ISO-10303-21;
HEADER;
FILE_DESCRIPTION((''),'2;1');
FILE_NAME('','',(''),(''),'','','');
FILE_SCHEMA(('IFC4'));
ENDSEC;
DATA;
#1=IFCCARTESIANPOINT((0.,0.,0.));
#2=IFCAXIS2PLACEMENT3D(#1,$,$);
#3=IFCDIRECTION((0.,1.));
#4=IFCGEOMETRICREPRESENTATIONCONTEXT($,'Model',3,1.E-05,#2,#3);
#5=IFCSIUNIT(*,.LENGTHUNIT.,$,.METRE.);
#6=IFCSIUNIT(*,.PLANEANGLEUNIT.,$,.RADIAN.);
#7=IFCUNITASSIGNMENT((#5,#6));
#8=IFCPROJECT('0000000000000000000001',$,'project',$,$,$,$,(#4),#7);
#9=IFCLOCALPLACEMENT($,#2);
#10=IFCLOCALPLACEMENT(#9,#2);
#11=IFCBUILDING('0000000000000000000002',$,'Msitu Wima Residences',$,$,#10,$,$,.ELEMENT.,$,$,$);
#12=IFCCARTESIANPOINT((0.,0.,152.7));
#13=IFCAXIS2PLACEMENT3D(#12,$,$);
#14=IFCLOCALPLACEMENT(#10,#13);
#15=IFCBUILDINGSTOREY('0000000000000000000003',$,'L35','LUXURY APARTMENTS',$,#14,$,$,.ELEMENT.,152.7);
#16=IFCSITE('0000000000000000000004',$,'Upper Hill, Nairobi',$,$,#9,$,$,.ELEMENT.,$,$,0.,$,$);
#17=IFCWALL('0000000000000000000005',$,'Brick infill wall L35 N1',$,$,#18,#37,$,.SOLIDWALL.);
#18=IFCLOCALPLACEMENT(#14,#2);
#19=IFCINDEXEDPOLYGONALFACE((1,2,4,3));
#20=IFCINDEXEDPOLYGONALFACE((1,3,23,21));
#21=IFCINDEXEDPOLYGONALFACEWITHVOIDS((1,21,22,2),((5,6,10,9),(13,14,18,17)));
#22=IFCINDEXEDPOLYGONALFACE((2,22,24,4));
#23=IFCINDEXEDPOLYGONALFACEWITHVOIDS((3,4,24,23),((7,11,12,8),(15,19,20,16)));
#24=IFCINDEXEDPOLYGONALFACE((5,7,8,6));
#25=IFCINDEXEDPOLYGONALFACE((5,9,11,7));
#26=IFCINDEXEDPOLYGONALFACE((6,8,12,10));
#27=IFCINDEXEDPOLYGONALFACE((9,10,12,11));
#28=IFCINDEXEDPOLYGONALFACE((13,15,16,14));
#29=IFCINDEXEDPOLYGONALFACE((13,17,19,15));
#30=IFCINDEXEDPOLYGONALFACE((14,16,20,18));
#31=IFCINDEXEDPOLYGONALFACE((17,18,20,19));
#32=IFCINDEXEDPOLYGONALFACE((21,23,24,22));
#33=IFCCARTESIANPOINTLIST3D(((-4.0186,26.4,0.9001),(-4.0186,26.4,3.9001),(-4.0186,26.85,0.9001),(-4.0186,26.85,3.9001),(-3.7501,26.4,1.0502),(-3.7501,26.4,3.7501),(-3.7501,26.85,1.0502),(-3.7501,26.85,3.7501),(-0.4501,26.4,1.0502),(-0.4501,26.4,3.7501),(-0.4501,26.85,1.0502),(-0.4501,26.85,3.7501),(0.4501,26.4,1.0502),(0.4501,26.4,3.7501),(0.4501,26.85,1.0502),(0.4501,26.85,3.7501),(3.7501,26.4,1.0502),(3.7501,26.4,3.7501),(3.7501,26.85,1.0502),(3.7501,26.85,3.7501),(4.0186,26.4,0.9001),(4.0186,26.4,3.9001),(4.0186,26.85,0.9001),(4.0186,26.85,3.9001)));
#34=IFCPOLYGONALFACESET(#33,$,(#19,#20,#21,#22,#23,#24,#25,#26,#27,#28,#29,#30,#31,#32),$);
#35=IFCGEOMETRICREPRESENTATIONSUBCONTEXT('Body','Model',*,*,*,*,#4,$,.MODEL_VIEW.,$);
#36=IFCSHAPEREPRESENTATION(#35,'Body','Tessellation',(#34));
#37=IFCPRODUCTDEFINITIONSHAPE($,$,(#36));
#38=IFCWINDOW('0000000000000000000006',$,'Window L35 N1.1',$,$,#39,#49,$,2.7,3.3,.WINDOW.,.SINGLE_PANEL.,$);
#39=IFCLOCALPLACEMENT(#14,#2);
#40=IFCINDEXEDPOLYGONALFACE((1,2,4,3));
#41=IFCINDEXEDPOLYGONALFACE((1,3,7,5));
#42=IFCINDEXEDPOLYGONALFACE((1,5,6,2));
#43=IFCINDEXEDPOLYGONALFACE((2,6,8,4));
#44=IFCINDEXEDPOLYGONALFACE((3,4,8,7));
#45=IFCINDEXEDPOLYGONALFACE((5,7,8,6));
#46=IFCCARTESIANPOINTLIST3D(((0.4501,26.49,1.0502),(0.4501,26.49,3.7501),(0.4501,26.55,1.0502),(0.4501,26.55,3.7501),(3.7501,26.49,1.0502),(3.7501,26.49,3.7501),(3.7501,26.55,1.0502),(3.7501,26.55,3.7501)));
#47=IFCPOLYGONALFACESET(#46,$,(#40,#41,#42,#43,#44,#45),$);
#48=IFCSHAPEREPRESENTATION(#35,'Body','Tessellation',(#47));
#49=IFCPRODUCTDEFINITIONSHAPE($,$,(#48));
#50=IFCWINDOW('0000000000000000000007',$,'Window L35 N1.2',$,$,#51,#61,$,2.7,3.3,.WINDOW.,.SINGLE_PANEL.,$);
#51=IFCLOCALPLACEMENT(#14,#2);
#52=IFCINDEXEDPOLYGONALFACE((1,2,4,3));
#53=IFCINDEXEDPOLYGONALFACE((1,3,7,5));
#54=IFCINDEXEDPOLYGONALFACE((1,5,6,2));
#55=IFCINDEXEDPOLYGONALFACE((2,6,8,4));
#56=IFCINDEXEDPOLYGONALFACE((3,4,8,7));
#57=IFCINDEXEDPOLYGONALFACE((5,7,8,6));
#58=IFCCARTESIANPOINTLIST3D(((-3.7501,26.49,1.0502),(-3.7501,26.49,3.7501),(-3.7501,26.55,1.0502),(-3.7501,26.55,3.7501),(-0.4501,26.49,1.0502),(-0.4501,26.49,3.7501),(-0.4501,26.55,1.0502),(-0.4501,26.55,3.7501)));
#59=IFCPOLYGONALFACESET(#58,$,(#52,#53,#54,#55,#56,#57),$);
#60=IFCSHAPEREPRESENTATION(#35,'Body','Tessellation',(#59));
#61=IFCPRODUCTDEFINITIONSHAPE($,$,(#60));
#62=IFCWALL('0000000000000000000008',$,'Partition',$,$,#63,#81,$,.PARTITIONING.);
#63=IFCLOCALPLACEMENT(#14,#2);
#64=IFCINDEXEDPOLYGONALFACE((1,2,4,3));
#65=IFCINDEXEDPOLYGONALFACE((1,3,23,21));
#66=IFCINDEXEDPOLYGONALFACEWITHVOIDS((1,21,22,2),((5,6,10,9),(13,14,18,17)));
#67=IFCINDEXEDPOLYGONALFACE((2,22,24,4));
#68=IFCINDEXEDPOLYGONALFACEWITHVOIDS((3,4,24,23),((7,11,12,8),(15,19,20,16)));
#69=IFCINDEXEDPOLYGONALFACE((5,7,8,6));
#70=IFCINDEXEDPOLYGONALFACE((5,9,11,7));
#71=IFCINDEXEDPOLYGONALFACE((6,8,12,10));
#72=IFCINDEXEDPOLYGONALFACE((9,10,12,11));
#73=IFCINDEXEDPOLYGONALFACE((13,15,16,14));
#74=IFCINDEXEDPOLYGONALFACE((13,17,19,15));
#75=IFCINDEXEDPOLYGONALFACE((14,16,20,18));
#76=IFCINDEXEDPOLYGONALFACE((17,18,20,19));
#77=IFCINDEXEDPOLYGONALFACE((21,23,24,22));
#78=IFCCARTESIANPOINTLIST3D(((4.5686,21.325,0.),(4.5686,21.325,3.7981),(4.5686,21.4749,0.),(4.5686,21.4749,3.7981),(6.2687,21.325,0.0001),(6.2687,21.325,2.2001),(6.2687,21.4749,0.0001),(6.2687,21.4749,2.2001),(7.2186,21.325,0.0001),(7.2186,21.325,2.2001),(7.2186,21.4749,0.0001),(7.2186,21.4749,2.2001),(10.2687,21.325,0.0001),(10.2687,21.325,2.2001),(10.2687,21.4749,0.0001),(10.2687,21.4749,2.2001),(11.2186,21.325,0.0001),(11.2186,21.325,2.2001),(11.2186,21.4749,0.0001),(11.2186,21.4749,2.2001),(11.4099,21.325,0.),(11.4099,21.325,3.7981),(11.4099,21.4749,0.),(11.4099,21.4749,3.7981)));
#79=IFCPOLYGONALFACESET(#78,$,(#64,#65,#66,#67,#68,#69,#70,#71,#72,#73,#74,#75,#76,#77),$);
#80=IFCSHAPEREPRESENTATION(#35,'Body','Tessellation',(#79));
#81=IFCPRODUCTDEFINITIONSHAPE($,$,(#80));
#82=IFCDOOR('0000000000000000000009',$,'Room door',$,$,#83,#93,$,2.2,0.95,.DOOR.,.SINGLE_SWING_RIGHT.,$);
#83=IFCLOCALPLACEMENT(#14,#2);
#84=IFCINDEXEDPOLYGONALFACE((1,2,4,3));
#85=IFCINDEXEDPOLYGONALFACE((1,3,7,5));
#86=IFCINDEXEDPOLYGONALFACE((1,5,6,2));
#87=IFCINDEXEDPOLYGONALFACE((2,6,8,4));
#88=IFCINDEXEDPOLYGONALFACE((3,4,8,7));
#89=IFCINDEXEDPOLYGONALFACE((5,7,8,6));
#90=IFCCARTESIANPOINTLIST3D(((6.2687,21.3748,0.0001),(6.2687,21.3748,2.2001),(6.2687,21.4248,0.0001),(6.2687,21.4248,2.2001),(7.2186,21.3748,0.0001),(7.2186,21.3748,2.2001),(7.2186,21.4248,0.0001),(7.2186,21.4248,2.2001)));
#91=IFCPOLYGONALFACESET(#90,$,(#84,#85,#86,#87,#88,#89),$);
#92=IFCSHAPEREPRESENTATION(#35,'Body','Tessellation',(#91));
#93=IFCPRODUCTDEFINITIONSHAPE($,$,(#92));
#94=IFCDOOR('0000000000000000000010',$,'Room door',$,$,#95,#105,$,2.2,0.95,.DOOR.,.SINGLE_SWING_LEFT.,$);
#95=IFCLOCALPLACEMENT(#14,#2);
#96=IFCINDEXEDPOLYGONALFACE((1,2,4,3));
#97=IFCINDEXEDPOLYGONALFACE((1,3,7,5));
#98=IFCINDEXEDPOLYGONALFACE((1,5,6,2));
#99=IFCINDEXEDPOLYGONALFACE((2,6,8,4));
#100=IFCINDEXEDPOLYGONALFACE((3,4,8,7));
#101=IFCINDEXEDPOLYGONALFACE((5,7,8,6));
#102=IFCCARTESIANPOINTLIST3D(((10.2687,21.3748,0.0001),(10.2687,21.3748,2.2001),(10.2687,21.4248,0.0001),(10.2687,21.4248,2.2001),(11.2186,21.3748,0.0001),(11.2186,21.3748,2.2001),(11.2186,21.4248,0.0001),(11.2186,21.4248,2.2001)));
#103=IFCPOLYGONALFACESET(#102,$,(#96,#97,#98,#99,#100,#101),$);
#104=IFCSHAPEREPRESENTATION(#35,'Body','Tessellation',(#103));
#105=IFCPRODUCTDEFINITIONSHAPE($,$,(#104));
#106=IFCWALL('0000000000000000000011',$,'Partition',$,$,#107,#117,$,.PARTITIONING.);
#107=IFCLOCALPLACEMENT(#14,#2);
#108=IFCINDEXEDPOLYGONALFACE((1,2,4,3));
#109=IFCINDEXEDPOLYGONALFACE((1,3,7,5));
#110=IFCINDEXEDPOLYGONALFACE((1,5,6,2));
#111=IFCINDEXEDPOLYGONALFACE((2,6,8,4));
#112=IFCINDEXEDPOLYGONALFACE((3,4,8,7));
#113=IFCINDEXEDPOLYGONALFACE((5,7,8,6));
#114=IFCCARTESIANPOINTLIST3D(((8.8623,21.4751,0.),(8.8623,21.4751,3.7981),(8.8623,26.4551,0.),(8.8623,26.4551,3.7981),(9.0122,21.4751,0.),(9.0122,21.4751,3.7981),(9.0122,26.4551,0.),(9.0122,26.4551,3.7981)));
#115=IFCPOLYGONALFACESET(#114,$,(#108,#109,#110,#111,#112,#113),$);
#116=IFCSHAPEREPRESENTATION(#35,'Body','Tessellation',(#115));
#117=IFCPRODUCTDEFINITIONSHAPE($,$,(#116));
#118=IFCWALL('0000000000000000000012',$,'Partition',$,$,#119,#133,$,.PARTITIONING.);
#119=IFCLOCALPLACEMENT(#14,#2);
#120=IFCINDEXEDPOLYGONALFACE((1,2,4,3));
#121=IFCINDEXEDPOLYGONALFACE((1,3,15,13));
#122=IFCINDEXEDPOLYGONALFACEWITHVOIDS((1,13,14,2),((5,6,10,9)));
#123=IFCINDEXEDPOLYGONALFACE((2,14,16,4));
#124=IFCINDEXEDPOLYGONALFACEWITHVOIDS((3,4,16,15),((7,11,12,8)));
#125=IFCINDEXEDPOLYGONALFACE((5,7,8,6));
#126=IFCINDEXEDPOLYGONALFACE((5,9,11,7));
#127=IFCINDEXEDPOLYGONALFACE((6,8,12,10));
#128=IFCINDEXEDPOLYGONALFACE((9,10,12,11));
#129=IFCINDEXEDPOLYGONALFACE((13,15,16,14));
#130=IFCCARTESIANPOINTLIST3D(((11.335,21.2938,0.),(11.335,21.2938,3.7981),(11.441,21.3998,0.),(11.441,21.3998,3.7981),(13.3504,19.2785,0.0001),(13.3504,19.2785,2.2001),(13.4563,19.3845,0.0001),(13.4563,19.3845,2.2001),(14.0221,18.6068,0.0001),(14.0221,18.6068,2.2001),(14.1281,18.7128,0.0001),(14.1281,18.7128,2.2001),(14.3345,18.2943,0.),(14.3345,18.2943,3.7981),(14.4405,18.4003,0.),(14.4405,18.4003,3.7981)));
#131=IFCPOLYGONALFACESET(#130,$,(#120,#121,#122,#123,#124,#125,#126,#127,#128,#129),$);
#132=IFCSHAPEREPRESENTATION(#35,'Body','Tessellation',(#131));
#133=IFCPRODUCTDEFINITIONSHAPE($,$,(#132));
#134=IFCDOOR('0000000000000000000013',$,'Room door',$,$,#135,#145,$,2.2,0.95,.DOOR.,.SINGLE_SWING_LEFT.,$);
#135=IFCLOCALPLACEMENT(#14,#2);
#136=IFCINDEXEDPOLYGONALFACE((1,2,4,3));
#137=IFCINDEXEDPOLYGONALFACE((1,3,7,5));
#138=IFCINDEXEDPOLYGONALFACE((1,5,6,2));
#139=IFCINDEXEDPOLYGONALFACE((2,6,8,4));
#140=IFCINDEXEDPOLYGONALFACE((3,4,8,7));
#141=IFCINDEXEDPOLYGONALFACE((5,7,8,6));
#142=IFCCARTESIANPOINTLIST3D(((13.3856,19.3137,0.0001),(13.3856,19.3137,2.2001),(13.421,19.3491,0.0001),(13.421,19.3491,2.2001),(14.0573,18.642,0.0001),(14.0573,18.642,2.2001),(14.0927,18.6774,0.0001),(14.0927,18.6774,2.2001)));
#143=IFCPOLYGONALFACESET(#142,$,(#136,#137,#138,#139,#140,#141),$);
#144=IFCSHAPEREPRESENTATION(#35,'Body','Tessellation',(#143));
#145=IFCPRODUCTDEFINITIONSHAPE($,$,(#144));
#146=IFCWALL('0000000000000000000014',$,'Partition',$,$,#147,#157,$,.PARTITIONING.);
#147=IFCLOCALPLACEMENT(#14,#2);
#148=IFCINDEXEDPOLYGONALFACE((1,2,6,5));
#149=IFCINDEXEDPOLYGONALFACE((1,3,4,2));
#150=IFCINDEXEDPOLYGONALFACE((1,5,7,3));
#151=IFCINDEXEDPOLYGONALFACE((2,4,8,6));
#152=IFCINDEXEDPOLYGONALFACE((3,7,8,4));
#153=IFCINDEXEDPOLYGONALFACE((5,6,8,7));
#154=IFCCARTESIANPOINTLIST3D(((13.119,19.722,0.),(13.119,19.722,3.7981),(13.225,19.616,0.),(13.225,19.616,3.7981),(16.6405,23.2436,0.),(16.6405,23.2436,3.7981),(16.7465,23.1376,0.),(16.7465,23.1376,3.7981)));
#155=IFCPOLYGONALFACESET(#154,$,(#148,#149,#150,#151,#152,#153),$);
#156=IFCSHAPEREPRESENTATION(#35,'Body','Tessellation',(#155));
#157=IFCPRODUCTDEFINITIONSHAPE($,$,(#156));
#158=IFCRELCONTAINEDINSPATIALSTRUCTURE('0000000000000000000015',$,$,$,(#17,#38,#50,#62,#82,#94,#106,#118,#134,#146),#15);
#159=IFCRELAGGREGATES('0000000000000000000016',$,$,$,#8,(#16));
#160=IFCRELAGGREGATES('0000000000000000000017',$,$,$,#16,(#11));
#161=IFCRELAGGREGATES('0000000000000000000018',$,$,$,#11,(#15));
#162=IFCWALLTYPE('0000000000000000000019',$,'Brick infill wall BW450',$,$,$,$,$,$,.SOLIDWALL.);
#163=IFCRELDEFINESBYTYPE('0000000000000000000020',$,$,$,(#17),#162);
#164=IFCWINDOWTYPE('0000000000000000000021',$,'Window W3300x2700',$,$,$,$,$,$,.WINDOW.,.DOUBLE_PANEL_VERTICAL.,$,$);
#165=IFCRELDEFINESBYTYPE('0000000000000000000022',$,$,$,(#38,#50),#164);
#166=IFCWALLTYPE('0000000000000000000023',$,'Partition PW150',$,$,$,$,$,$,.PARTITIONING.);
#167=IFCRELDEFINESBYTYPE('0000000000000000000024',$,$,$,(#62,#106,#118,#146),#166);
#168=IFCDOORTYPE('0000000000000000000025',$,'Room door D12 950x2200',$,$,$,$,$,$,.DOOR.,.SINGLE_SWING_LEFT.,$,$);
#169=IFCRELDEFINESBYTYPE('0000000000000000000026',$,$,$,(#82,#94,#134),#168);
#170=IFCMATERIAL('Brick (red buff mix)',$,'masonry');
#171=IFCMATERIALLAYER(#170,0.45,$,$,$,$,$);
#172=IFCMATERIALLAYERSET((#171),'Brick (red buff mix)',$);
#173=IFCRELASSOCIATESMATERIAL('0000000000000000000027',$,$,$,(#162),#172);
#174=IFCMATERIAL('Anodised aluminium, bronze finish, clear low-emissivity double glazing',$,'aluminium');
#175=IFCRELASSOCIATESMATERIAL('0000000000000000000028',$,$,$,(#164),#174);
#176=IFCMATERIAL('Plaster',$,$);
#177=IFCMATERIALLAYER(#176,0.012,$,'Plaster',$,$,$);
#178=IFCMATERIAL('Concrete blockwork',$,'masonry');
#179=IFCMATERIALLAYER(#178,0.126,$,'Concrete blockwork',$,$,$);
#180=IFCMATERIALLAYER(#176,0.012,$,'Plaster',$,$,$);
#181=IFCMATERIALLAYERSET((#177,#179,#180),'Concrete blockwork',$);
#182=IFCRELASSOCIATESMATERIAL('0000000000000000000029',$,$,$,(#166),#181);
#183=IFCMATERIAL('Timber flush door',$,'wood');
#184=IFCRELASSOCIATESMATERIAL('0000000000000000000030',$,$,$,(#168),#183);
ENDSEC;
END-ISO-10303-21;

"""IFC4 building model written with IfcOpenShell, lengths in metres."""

from ifc_helpers import new_model, si_unit, direction, frame, frame_2d, origin, place, context, subcontext, project, spatial, rectangle, extrude, material, layer, layer_set, type_object, element, fill, save


model = new_model("IFC4")

# Units and contexts
model_context = context("Model", 3, precision=1e-05, world=origin(), true_north=direction((0.0, 1.0)))
body_context = subcontext(model_context, "Body", "Model", "MODEL_VIEW")
ifc_project = project(units=[si_unit("LENGTHUNIT", "METRE"), si_unit("PLANEANGLEUNIT", "RADIAN")], contexts=[model_context])

# Site, building, storey
site_placement = place(None, origin())
site = spatial("IfcSite", under=ifc_project, at=site_placement, Name="Upper Hill, Nairobi", CompositionType="ELEMENT", RefElevation=0.0)
building_placement = place(site_placement, origin())
building = spatial("IfcBuilding", under=site, at=building_placement, Name="Msitu Wima Residences", CompositionType="ELEMENT")
storey_placement = place(building_placement, frame((0.0, 0.0, 152.7)))
storey = spatial("IfcBuildingStorey", under=building, at=storey_placement, Name="L35", Description="LUXURY APARTMENTS", CompositionType="ELEMENT", Elevation=152.7)

# Shared definitions
ifc_material_1 = material(Name="Brick (red buff mix)", Category="masonry")
ifc_layer_1 = layer(ifc_material_1, 0.45)
ifc_layer_set_1 = layer_set([ifc_layer_1], Name="Brick (red buff mix)")
wall_type_1 = type_object("IfcWallType", Name="Brick infill wall BW450", PredefinedType="SOLIDWALL", material=ifc_layer_set_1)
ifc_material_2 = material(Name="Anodised aluminium, bronze finish, clear low-emissivity double glazing", Category="aluminium")
window_type = type_object("IfcWindowType", Name="Window W3300x2700", PartitioningType="DOUBLE_PANEL_VERTICAL", PredefinedType="WINDOW", material=ifc_material_2)

# Wall, openings, windows
wall_1_placement = place(storey_placement, frame((4.0186, 26.625, 0.9001), z_axis=(0.0, 0.0, 1.0), x_axis=(-1.0, 0.0, 0.0)))
wall_1 = element("IfcWall", 1, at=wall_1_placement, inside=storey, type_object=wall_type_1, Name="Brick infill wall L35 N1", PredefinedType="SOLIDWALL", context=body_context, shape_type="SweptSolid", body=[
    extrude(rectangle(XDim=8.0371, YDim=0.45, at=frame_2d((4.0186, 0.0))), origin(), (0.0, 0.0, 1.0), 3.0),
])
opening_1_placement = place(wall_1_placement, frame((0.2686, 0.0, 0.1499)))
opening_1 = element("IfcOpeningElement", 2, at=opening_1_placement, cuts=wall_1, PredefinedType="OPENING", context=body_context, shape_type="SweptSolid", body=[
    extrude(rectangle(XDim=3.3, YDim=2.7, at=frame_2d((1.6499, 1.3501))), frame((0.0, 0.2349, 0.0), z_axis=(0.0, -1.0, 0.0), x_axis=(1.0, 0.0, 0.0)), (0.0, 0.0, 1.0), 0.47),
])
opening_2_placement = place(wall_1_placement, frame((4.4688, 0.0, 0.1499)))
opening_2 = element("IfcOpeningElement", 3, at=opening_2_placement, cuts=wall_1, PredefinedType="OPENING", context=body_context, shape_type="SweptSolid", body=[
    extrude(rectangle(XDim=3.3, YDim=2.7, at=frame_2d((1.6499, 1.3501))), frame((0.0, 0.2349, 0.0), z_axis=(0.0, -1.0, 0.0), x_axis=(1.0, 0.0, 0.0)), (0.0, 0.0, 1.0), 0.47),
])
window_1_placement = place(opening_1_placement, origin())
window_1 = element("IfcWindow", 4, at=window_1_placement, inside=storey, type_object=window_type, Name="Window L35 N1.1", OverallHeight=2.7, OverallWidth=3.3, PartitioningType="SINGLE_PANEL", PredefinedType="WINDOW", context=body_context, shape_type="SweptSolid", body=[
    extrude(rectangle(XDim=3.3, YDim=2.7, at=frame_2d((1.6499, 1.3501))), frame((0.0, 0.135, 0.0), z_axis=(0.0, -1.0, 0.0), x_axis=(1.0, 0.0, 0.0)), (0.0, 0.0, 1.0), 0.0601),
])
fill(opening_1, window_1)
window_2_placement = place(opening_2_placement, origin())
window_2 = element("IfcWindow", 5, at=window_2_placement, inside=storey, type_object=window_type, Name="Window L35 N1.2", OverallHeight=2.7, OverallWidth=3.3, PartitioningType="SINGLE_PANEL", PredefinedType="WINDOW", context=body_context, shape_type="SweptSolid", body=[
    extrude(rectangle(XDim=3.3, YDim=2.7, at=frame_2d((1.6499, 1.3501))), frame((0.0, 0.135, 0.0), z_axis=(0.0, -1.0, 0.0), x_axis=(1.0, 0.0, 0.0)), (0.0, 0.0, 1.0), 0.0601),
])
fill(opening_2, window_2)

# Wall, openings, doors
ifc_material_3 = material(Name="Plaster")
ifc_layer_2 = layer(ifc_material_3, 0.012, Name="Plaster")
ifc_material_4 = material(Name="Concrete blockwork", Category="masonry")
ifc_layer_3 = layer(ifc_material_4, 0.126, Name="Concrete blockwork")
ifc_layer_4 = layer(ifc_material_3, 0.012, Name="Plaster")
ifc_layer_set_2 = layer_set([ifc_layer_2, ifc_layer_3, ifc_layer_4], Name="Concrete blockwork")
wall_type_2 = type_object("IfcWallType", Name="Partition PW150", PredefinedType="PARTITIONING", material=ifc_layer_set_2)
wall_2_placement = place(storey_placement, frame((4.5686, 21.3999, 0.0), z_axis=(0.0, 0.0, 1.0), x_axis=(1.0, 0.0, 0.0)))
wall_2 = element("IfcWall", 6, at=wall_2_placement, inside=storey, type_object=wall_type_2, Name="Partition", PredefinedType="PARTITIONING", context=body_context, shape_type="SweptSolid", body=[
    extrude(rectangle(XDim=6.8413, YDim=0.1499, at=frame_2d((3.4207, 0.0))), origin(), (0.0, 0.0, 1.0), 3.7981),
])
opening_3_placement = place(wall_2_placement, frame((1.7, 0.0, 0.0)))
opening_3 = element("IfcOpeningElement", 7, at=opening_3_placement, cuts=wall_2, PredefinedType="OPENING", context=body_context, shape_type="SweptSolid", body=[
    extrude(rectangle(XDim=0.95, YDim=2.2, at=frame_2d((0.4751, 1.1001))), frame((0.0, 0.085, 0.0), z_axis=(0.0, -1.0, 0.0), x_axis=(1.0, 0.0, 0.0)), (0.0, 0.0, 1.0), 0.1699),
])
opening_4_placement = place(wall_2_placement, frame((5.7, 0.0, 0.0)))
opening_4 = element("IfcOpeningElement", 8, at=opening_4_placement, cuts=wall_2, PredefinedType="OPENING", context=body_context, shape_type="SweptSolid", body=[
    extrude(rectangle(XDim=0.95, YDim=2.2, at=frame_2d((0.4751, 1.1001))), frame((0.0, 0.085, 0.0), z_axis=(0.0, -1.0, 0.0), x_axis=(1.0, 0.0, 0.0)), (0.0, 0.0, 1.0), 0.1699),
])
ifc_material_5 = material(Name="Timber flush door", Category="wood")
door_type_1 = type_object("IfcDoorType", Name="Room door D12 950x2200", OperationType="SINGLE_SWING_LEFT", PredefinedType="DOOR", material=ifc_material_5)
door_1_placement = place(opening_3_placement, origin())
door_1 = element("IfcDoor", 9, at=door_1_placement, inside=storey, type_object=door_type_1, Name="Room door", OperationType="SINGLE_SWING_RIGHT", OverallHeight=2.2, OverallWidth=0.95, PredefinedType="DOOR", context=body_context, shape_type="SweptSolid", body=[
    extrude(rectangle(XDim=0.95, YDim=2.2, at=frame_2d((0.4751, 1.1001))), frame((0.0, 0.0249, 0.0), z_axis=(0.0, -1.0, 0.0), x_axis=(1.0, 0.0, 0.0)), (0.0, 0.0, 1.0), 0.05),
])
fill(opening_3, door_1)
door_2_placement = place(opening_4_placement, origin())
door_2 = element("IfcDoor", 10, at=door_2_placement, inside=storey, type_object=door_type_1, Name="Room door", OperationType="SINGLE_SWING_LEFT", OverallHeight=2.2, OverallWidth=0.95, PredefinedType="DOOR", context=body_context, shape_type="SweptSolid", body=[
    extrude(rectangle(XDim=0.95, YDim=2.2, at=frame_2d((0.4751, 1.1001))), frame((0.0, 0.0249, 0.0), z_axis=(0.0, -1.0, 0.0), x_axis=(1.0, 0.0, 0.0)), (0.0, 0.0, 1.0), 0.05),
])
fill(opening_4, door_2)

# Wall
wall_3_placement = place(storey_placement, frame((8.9373, 21.4751, 0.0), z_axis=(0.0, 0.0, 1.0), x_axis=(0.0, 1.0, 0.0)))
element("IfcWall", 11, at=wall_3_placement, inside=storey, type_object=wall_type_2, Name="Partition", PredefinedType="PARTITIONING", context=body_context, shape_type="SweptSolid", body=[
    extrude(rectangle(XDim=4.98, YDim=0.1499, at=frame_2d((2.49, 0.0))), origin(), (0.0, 0.0, 1.0), 3.7981),
])

# Wall, opening, door
wall_4_placement = place(storey_placement, frame((11.3879, 21.3469, 0.0), z_axis=(0.0, 0.0, 1.0), x_axis=(0.707107, -0.707107, 0.0)))
wall_4 = element("IfcWall", 12, at=wall_4_placement, inside=storey, type_object=wall_type_2, Name="Partition", PredefinedType="PARTITIONING", context=body_context, shape_type="SweptSolid", body=[
    extrude(rectangle(XDim=4.2419, YDim=0.1499, at=frame_2d((2.1211, 0.0))), origin(), (0.0, 0.0, 1.0), 3.7981),
])
opening_5_placement = place(wall_4_placement, frame((2.8501, 0.0, 0.0)))
opening_5 = element("IfcOpeningElement", 13, at=opening_5_placement, cuts=wall_4, PredefinedType="OPENING", context=body_context, shape_type="SweptSolid", body=[
    extrude(rectangle(XDim=0.95, YDim=2.2, at=frame_2d((0.4751, 1.1001))), frame((0.0, 0.085, 0.0), z_axis=(0.0, -1.0, 0.0), x_axis=(1.0, 0.0, 0.0)), (0.0, 0.0, 1.0), 0.1699),
])
door_3_placement = place(opening_5_placement, origin())
door_3 = element("IfcDoor", 14, at=door_3_placement, inside=storey, type_object=door_type_1, Name="Room door", OperationType="SINGLE_SWING_LEFT", OverallHeight=2.2, OverallWidth=0.95, PredefinedType="DOOR", context=body_context, shape_type="SweptSolid", body=[
    extrude(rectangle(XDim=0.95, YDim=2.2, at=frame_2d((0.4751, 1.1001))), frame((0.0, 0.0249, 0.0), z_axis=(0.0, -1.0, 0.0), x_axis=(1.0, 0.0, 0.0)), (0.0, 0.0, 1.0), 0.05),
])
fill(opening_5, door_3)

# Wall
wall_5_placement = place(storey_placement, frame((13.1719, 19.6689, 0.0), z_axis=(0.0, 0.0, 1.0), x_axis=(0.707107, 0.707107, 0.0)))
element("IfcWall", 15, at=wall_5_placement, inside=storey, type_object=wall_type_2, Name="Partition", PredefinedType="PARTITIONING", context=body_context, shape_type="SweptSolid", body=[
    extrude(rectangle(XDim=4.9802, YDim=0.1499, at=frame_2d((2.4902, 0.0))), origin(), (0.0, 0.0, 1.0), 3.7981),
])

save(model, "model.ifc")
